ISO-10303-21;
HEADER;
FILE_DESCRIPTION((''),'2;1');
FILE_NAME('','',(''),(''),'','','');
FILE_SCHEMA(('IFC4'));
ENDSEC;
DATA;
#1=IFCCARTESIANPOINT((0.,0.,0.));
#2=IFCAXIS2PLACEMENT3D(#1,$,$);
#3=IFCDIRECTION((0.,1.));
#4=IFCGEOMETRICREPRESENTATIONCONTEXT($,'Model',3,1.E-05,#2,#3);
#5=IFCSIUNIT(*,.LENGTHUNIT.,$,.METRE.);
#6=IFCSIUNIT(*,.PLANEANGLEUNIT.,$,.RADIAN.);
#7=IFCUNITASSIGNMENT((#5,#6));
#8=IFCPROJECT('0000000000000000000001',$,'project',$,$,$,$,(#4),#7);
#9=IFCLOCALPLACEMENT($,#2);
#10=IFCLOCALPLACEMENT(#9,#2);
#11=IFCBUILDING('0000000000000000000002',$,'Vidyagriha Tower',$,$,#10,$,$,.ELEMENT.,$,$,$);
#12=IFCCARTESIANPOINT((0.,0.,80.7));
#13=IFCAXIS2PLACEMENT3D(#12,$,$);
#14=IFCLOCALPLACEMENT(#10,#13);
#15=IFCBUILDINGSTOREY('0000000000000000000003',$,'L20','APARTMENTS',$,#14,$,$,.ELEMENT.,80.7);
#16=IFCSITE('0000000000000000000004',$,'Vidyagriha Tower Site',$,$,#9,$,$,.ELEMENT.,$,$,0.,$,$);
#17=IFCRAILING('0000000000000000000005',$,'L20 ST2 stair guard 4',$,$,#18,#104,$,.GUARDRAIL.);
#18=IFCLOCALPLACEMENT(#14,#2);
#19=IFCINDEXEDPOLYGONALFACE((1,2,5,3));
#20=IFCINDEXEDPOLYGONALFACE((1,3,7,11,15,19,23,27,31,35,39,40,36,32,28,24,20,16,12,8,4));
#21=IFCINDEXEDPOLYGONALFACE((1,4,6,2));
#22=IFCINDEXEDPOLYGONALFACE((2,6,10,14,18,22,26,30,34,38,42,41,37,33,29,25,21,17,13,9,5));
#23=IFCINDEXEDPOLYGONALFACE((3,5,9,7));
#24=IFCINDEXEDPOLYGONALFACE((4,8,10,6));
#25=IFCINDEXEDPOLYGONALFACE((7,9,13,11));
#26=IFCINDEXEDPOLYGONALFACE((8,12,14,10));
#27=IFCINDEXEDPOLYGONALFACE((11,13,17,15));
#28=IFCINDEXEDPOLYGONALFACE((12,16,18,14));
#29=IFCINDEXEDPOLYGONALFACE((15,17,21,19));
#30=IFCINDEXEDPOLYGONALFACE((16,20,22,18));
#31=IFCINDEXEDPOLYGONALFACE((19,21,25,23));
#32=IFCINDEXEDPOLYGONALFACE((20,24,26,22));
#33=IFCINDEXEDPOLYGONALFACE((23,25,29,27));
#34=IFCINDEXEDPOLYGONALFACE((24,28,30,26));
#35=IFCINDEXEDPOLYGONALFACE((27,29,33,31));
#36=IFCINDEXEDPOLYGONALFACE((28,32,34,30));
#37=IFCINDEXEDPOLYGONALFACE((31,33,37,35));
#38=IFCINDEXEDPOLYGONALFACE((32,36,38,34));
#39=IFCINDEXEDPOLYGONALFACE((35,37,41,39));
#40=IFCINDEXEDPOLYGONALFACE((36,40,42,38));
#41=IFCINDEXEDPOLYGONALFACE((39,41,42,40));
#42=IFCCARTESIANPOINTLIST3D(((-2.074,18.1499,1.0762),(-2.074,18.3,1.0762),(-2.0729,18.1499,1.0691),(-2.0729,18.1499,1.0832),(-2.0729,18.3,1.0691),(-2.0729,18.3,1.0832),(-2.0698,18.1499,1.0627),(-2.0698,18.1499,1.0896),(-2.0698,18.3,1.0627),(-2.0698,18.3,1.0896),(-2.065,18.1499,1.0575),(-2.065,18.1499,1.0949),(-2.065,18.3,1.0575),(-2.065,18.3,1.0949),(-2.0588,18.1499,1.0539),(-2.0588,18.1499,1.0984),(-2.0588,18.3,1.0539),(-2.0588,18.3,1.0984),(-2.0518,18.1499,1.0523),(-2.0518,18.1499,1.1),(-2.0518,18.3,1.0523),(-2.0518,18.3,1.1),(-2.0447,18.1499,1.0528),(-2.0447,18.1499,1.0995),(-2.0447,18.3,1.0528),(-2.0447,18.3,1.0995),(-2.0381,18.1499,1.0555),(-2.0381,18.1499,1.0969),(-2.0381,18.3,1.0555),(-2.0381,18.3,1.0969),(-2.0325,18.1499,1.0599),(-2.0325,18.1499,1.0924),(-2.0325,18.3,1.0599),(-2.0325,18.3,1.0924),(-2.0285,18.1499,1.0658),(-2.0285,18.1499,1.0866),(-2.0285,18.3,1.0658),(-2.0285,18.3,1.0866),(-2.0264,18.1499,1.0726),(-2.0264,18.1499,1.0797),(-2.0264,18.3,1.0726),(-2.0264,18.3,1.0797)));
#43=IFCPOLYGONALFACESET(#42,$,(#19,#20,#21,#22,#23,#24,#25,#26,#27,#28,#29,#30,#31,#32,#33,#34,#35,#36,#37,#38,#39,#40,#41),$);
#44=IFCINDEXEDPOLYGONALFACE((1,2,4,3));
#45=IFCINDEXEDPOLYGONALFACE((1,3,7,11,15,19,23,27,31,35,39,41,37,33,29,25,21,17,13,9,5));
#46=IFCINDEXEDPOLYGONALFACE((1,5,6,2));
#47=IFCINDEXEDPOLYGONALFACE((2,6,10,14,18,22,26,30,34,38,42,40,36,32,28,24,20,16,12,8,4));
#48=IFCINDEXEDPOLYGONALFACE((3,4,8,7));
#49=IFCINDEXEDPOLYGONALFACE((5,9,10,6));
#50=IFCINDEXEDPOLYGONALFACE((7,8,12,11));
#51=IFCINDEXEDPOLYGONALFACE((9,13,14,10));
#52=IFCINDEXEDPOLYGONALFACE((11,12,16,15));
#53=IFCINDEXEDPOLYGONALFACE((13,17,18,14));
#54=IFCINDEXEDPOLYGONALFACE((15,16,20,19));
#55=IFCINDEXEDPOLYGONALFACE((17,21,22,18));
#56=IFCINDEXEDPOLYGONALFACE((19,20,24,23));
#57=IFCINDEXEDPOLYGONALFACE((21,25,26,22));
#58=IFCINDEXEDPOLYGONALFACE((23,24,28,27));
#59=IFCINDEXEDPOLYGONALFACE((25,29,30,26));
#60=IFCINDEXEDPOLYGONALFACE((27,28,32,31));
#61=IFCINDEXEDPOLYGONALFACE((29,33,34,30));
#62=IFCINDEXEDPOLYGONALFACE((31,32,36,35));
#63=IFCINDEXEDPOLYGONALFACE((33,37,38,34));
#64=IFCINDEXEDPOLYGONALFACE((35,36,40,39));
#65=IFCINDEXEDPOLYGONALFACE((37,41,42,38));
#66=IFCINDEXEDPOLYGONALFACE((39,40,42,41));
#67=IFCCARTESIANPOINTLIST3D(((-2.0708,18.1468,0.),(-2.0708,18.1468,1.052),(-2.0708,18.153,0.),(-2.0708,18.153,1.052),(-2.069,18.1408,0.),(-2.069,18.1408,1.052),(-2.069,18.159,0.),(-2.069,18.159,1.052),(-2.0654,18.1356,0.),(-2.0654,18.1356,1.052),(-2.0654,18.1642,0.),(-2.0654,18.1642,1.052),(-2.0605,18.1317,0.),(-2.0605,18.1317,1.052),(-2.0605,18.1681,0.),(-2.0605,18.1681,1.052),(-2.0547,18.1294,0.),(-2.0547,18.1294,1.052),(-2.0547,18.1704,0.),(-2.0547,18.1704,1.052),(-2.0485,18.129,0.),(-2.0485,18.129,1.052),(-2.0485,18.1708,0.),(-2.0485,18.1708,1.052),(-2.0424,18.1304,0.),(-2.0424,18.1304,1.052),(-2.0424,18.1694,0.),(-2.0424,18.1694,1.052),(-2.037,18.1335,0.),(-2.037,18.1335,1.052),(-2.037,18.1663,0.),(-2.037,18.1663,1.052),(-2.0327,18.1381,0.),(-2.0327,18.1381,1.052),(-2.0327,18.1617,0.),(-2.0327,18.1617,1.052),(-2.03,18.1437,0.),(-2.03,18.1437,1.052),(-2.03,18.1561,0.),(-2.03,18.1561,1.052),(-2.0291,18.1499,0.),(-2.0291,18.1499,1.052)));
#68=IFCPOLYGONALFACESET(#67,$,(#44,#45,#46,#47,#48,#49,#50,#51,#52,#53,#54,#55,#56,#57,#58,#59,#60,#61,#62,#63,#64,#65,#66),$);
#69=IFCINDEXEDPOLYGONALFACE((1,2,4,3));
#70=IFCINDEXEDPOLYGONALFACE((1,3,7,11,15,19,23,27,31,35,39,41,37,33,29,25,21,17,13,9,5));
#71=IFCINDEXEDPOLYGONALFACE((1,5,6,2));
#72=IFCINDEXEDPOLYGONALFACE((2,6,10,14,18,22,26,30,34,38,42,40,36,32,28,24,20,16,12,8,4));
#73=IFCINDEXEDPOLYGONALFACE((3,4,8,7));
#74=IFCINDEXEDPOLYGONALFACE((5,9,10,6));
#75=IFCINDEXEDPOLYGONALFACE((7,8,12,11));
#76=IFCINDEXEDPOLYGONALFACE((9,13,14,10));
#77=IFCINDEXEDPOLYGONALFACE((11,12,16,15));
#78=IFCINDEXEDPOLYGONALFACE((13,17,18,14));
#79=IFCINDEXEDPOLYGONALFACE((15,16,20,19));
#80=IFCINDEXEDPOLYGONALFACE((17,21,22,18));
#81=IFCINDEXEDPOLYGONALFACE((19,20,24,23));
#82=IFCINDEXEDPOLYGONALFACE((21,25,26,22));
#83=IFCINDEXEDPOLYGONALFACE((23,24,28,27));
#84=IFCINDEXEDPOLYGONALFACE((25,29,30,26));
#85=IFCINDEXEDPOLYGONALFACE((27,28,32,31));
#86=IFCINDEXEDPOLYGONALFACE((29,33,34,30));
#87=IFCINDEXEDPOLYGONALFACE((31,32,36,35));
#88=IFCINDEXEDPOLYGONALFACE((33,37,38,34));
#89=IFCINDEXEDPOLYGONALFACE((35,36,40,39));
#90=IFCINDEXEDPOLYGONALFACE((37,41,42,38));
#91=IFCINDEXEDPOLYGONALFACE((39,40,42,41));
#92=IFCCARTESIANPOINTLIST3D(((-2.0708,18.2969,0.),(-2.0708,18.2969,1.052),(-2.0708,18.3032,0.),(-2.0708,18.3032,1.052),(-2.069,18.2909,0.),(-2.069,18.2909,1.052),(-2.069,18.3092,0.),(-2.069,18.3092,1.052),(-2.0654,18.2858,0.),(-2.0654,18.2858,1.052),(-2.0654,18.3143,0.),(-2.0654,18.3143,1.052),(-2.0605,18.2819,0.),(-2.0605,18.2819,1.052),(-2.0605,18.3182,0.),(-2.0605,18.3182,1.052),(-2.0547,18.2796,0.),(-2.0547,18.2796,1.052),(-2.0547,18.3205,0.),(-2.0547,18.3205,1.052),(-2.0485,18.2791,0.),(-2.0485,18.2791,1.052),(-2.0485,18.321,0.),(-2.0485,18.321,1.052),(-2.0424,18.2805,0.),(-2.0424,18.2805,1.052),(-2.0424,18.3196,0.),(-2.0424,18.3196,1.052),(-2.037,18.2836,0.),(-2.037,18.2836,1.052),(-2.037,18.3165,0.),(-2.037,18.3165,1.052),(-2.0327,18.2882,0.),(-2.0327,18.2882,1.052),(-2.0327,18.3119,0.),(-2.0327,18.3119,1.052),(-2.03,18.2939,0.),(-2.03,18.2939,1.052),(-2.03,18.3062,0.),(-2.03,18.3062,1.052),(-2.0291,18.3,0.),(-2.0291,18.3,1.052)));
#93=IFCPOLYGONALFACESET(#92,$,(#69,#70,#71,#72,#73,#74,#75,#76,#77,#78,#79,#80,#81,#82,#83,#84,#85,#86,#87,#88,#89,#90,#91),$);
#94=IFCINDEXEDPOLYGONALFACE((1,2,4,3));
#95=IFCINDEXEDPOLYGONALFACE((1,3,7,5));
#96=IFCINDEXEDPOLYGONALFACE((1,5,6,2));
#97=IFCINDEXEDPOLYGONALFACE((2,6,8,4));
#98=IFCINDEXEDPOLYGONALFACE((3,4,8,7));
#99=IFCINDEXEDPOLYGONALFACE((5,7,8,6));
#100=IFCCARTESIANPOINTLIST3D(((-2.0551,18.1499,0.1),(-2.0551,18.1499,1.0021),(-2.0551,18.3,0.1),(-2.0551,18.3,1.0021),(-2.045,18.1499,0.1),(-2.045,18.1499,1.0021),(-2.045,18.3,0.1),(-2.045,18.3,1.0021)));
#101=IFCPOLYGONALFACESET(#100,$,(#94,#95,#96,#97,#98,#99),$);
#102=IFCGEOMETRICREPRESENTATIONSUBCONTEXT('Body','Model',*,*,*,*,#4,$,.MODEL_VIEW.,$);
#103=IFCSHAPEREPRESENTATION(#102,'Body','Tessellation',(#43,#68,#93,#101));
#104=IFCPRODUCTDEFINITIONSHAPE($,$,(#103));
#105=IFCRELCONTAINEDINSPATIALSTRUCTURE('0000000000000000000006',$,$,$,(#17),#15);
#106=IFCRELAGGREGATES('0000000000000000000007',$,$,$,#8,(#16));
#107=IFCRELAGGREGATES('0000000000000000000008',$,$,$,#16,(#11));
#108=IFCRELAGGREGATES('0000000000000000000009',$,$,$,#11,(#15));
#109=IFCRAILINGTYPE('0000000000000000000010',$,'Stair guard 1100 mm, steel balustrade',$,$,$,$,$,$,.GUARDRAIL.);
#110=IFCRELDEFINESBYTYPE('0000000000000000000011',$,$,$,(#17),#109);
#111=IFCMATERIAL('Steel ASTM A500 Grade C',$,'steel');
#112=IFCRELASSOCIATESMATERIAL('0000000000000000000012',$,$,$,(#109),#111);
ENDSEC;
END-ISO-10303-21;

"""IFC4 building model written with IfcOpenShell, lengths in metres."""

from ifc_helpers import new_model, si_unit, direction, frame, origin, origin_2d, place, context, subcontext, project, spatial, rectangle, circle, extrude, material, type_object, element, save


model = new_model("IFC4")

# Units and contexts
model_context = context("Model", 3, precision=1e-05, world=origin(), true_north=direction((0.0, 1.0)))
body_context = subcontext(model_context, "Body", "Model", "MODEL_VIEW")
ifc_project = project(units=[si_unit("LENGTHUNIT", "METRE"), si_unit("PLANEANGLEUNIT", "RADIAN")], contexts=[model_context])

# Site, building, storey
site_placement = place(None, origin())
site = spatial("IfcSite", under=ifc_project, at=site_placement, Name="Vidyagriha Tower Site", CompositionType="ELEMENT", RefElevation=0.0)
building_placement = place(site_placement, origin())
building = spatial("IfcBuilding", under=site, at=building_placement, Name="Vidyagriha Tower", CompositionType="ELEMENT")
storey_placement = place(building_placement, frame((0.0, 0.0, 80.7)))
storey = spatial("IfcBuildingStorey", under=building, at=storey_placement, Name="L20", Description="APARTMENTS", CompositionType="ELEMENT", Elevation=80.7)

# Railing
ifc_material_1 = material(Name="Steel ASTM A500 Grade C", Category="steel")
railing_type_1 = type_object("IfcRailingType", Name="Stair guard 1100 mm, steel balustrade", PredefinedType="GUARDRAIL", material=ifc_material_1)
railing_1_placement = place(storey_placement, frame((-2.05, 18.1499, 0.0)))
element("IfcRailing", 1, at=railing_1_placement, inside=storey, type_object=railing_type_1, Name="L20 ST2 stair guard 4", PredefinedType="GUARDRAIL", context=body_context, shape_type="SweptSolid", body=[
    extrude(circle(Radius=0.0239, at=origin_2d()), frame((0.0, 0.0, 1.0762), z_axis=(0.0, 1.0, 0.0), x_axis=(-1.0, 0.0, 0.0)), (0.0, 0.0, 1.0), 0.1501),
    extrude(circle(Radius=0.021, at=origin_2d()), origin(), (0.0, 0.0, 1.0), 1.052),
    extrude(circle(Radius=0.021, at=origin_2d()), frame((0.0, 0.1501, 0.0)), (0.0, 0.0, 1.0), 1.052),
    extrude(rectangle(XDim=0.01, YDim=0.9021, at=origin_2d()), frame((0.0, 0.0, 0.551), z_axis=(0.0, 1.0, 0.0), x_axis=(-1.0, 0.0, 0.0)), (0.0, 0.0, 1.0), 0.1501),
])

save(model, "model.ifc")
